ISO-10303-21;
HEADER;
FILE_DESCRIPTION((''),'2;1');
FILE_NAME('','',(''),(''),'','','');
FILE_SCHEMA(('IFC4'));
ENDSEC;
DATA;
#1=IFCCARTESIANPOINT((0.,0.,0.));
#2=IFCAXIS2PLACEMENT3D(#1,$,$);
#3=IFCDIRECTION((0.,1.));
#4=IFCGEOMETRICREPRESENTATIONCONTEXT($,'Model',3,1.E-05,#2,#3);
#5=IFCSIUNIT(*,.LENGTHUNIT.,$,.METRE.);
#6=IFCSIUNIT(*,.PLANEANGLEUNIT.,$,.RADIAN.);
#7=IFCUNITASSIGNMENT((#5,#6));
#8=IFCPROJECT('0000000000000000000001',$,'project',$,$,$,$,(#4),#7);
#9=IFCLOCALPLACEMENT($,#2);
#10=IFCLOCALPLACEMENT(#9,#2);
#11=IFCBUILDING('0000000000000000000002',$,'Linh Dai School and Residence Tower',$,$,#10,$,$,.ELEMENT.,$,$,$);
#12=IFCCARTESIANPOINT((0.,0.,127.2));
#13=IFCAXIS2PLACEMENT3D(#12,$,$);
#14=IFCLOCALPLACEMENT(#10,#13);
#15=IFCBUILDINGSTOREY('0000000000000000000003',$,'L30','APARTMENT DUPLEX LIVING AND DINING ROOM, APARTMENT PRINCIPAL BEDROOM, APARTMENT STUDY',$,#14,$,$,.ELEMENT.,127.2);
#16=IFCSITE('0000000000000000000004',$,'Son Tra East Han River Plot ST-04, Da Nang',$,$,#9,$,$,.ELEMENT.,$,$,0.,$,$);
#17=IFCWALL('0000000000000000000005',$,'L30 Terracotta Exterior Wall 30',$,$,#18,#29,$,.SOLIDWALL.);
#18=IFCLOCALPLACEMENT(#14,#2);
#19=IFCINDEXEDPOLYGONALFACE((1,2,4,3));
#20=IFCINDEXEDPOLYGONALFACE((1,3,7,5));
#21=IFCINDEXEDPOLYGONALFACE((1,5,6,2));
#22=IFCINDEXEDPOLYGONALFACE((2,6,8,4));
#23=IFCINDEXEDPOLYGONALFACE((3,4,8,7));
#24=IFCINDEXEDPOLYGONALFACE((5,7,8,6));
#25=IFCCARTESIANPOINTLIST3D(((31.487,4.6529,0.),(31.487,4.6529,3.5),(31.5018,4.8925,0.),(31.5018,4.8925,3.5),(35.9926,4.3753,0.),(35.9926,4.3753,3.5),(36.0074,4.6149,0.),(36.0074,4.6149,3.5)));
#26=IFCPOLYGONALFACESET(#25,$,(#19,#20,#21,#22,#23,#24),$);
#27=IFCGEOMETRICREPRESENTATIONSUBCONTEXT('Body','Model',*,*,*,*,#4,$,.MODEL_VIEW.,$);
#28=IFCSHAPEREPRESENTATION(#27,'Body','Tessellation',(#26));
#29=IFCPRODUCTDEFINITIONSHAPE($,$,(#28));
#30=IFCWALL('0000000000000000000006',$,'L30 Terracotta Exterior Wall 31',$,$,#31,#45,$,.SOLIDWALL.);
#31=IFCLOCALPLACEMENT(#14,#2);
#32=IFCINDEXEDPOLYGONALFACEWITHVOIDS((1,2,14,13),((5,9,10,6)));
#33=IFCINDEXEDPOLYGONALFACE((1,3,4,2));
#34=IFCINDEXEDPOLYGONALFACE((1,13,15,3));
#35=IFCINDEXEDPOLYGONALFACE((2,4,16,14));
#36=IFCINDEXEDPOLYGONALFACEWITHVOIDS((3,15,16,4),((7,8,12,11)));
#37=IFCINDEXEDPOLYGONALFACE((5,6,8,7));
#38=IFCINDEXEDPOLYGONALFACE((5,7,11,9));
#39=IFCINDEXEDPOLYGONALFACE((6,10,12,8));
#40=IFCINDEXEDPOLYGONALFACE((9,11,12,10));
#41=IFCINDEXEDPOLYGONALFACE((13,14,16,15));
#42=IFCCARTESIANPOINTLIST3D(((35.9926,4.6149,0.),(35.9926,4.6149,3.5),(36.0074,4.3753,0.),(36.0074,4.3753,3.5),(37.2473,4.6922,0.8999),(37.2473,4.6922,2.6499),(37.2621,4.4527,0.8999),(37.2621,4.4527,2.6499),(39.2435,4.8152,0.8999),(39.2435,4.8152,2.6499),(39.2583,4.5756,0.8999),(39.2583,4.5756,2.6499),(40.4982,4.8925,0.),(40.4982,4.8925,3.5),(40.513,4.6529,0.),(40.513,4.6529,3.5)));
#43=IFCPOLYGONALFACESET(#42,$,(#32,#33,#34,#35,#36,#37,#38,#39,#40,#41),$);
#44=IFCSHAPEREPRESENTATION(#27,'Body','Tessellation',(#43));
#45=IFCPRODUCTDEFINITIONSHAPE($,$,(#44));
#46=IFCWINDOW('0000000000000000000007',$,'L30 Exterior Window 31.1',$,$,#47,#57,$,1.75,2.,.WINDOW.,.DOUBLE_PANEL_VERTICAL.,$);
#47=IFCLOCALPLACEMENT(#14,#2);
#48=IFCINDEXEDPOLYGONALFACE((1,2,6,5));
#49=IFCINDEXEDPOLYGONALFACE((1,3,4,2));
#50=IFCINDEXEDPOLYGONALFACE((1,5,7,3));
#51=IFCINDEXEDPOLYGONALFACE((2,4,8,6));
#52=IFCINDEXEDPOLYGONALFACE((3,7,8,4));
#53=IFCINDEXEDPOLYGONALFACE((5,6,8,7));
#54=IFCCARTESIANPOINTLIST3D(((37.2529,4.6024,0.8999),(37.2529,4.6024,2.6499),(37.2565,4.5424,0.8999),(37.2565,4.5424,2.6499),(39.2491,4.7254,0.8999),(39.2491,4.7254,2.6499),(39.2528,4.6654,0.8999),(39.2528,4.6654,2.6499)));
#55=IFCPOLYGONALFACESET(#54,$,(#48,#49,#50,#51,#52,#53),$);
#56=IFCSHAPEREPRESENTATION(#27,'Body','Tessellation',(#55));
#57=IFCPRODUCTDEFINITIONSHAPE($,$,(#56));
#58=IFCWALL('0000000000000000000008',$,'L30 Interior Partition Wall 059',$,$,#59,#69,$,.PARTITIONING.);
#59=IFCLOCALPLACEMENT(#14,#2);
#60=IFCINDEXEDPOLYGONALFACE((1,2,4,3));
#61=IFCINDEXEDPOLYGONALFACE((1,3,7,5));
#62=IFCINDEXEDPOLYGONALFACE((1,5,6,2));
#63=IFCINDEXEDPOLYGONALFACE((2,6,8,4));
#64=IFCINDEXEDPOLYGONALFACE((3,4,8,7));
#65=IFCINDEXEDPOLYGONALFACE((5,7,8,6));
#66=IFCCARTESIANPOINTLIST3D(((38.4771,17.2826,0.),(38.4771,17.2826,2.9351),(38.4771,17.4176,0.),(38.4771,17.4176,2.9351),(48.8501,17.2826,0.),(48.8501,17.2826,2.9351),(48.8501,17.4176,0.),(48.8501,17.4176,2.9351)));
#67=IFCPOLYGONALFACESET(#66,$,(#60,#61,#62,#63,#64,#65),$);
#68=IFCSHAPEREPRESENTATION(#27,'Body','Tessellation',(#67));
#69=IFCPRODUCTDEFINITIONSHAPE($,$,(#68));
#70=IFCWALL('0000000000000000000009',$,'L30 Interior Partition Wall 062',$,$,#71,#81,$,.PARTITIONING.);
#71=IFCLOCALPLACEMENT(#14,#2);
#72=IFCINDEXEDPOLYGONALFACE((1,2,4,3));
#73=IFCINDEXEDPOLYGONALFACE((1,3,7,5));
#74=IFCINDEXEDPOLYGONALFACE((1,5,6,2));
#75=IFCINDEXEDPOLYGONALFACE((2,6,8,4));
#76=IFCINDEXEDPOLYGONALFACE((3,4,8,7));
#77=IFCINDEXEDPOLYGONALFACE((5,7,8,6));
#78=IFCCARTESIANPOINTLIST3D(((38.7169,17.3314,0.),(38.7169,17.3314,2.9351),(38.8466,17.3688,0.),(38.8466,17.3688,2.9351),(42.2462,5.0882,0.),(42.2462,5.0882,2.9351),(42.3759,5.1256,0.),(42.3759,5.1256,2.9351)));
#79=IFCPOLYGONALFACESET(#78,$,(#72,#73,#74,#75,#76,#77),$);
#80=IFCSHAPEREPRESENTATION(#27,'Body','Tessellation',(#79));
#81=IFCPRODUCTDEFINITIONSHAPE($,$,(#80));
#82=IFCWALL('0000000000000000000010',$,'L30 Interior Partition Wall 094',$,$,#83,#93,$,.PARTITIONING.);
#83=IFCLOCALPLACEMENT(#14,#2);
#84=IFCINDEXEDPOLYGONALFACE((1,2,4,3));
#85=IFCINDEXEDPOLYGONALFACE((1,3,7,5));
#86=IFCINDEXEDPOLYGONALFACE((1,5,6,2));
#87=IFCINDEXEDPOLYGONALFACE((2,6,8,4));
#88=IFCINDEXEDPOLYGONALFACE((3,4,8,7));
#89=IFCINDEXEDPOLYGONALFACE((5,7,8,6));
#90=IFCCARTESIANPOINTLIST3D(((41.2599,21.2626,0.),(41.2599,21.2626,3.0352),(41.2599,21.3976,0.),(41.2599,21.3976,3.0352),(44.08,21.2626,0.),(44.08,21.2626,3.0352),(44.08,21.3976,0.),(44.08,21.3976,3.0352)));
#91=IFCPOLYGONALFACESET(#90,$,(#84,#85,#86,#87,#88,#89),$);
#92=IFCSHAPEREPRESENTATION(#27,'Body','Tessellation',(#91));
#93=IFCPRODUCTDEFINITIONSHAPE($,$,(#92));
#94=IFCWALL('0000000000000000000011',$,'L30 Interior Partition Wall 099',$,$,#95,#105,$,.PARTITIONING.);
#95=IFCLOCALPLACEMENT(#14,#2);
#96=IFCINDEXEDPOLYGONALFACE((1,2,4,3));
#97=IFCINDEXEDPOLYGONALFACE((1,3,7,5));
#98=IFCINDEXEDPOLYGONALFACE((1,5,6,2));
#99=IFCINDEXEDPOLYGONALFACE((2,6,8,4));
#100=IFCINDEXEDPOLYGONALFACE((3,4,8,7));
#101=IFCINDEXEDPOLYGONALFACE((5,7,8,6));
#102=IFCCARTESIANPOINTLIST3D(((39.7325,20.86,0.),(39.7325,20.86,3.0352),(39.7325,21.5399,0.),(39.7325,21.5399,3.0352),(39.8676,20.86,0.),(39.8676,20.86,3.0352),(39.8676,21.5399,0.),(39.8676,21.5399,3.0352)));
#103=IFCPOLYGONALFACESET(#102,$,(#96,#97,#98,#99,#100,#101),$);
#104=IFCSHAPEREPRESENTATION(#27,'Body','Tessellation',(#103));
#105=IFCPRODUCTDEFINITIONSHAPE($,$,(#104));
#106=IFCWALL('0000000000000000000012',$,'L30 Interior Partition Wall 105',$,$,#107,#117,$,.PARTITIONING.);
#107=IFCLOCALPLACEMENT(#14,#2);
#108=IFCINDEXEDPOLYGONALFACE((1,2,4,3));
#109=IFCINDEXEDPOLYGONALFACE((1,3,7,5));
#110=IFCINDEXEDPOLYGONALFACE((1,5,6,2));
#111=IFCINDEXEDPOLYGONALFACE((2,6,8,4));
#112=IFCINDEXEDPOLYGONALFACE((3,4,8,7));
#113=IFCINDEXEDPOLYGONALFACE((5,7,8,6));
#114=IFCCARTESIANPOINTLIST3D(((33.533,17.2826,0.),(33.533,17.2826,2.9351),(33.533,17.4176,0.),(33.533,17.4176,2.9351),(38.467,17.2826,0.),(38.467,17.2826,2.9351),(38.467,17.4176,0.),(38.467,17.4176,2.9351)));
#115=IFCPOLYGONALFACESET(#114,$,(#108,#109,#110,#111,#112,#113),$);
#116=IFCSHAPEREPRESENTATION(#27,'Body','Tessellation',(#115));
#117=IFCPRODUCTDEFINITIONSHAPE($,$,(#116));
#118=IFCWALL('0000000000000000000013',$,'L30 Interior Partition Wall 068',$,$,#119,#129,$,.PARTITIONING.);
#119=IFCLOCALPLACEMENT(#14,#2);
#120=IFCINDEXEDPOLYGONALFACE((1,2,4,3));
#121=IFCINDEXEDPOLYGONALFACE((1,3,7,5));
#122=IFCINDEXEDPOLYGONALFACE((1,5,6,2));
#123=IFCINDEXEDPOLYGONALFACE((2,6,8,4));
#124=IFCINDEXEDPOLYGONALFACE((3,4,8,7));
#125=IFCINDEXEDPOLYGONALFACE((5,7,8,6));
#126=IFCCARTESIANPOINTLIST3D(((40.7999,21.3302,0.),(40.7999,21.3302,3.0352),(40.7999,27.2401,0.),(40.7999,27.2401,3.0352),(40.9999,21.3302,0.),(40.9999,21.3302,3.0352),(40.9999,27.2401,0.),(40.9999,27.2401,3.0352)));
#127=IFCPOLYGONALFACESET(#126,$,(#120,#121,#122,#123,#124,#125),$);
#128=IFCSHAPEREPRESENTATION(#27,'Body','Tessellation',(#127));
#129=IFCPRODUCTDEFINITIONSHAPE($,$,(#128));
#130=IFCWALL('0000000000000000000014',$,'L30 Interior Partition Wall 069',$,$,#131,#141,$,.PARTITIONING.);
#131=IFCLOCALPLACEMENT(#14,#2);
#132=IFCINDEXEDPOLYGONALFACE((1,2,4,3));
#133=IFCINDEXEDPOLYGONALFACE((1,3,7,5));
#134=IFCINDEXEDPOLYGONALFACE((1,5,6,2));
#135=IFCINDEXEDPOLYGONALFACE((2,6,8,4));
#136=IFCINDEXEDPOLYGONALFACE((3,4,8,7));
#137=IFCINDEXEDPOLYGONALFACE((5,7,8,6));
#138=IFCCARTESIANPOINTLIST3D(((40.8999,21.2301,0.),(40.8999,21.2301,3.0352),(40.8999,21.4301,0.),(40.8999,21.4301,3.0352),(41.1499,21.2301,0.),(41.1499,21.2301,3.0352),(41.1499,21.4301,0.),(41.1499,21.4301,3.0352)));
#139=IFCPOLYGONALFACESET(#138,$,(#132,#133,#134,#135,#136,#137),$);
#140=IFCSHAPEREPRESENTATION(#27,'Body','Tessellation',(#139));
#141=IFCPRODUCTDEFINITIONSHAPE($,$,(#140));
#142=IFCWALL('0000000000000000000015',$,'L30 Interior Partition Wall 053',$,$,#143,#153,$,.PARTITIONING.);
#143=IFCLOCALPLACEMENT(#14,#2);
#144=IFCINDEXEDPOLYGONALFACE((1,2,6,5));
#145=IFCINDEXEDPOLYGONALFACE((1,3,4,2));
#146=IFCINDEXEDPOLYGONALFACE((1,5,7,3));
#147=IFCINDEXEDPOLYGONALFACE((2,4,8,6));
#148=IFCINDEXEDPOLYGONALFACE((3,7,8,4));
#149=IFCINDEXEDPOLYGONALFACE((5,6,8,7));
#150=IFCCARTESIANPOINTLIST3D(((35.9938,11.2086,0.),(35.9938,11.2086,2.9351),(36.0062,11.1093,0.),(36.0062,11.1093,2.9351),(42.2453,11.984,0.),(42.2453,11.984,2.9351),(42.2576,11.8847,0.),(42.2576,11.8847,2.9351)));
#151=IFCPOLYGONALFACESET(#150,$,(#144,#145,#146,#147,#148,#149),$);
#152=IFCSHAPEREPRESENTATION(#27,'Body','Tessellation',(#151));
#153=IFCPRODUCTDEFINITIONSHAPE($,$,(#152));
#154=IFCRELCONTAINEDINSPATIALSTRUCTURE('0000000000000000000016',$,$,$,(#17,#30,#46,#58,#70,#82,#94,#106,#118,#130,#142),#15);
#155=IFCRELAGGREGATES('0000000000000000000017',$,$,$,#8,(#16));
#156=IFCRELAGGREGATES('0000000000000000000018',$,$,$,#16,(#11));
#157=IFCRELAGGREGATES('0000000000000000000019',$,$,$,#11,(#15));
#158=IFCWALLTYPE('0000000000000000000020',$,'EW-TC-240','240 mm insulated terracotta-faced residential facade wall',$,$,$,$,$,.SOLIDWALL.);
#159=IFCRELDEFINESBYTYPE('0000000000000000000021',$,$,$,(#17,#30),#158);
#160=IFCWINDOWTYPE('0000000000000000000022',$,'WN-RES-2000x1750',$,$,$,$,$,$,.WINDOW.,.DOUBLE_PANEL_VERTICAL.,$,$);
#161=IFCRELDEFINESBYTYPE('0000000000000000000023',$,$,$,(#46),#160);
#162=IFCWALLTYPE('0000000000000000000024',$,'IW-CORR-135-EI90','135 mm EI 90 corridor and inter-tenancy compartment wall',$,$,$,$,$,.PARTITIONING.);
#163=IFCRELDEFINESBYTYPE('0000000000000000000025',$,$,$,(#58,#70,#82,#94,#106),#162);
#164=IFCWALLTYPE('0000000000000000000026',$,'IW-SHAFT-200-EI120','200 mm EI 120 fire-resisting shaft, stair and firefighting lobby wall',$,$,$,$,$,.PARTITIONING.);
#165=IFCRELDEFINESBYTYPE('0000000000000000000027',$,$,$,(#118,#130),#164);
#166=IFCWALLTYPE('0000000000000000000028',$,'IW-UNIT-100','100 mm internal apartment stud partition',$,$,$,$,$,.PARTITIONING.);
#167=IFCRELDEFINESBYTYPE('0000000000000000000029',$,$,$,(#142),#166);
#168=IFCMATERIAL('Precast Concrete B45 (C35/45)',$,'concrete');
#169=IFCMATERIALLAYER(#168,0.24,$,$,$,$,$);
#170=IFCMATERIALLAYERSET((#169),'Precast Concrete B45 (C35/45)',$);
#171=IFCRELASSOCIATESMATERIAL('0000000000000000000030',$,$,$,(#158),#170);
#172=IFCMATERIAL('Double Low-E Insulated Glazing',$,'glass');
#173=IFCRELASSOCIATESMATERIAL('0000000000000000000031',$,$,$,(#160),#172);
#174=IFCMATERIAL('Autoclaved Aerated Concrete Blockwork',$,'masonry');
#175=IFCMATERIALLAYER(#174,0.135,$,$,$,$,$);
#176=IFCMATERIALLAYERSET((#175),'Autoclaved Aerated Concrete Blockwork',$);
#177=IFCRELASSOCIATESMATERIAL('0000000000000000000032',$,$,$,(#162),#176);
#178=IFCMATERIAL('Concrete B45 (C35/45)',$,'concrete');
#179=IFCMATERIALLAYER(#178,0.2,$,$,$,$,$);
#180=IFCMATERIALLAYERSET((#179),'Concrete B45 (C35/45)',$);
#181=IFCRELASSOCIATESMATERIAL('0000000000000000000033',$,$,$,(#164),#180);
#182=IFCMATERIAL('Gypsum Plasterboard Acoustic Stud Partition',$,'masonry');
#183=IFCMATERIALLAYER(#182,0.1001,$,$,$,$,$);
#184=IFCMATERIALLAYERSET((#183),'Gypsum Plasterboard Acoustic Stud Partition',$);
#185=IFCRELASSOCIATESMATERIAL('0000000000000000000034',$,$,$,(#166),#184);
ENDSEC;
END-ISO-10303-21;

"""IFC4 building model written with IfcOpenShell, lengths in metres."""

from ifc_helpers import new_model, si_unit, direction, frame, frame_2d, origin, origin_2d, place, context, subcontext, project, spatial, rectangle, extrude, source, transform, mapped, material, layer, layer_set, type_object, element, fill, save


model = new_model("IFC4")

# Units and contexts
model_context = context("Model", 3, precision=1e-05, world=origin(), true_north=direction((0.0, 1.0)))
body_context = subcontext(model_context, "Body", "Model", "MODEL_VIEW")
ifc_project = project(units=[si_unit("LENGTHUNIT", "METRE"), si_unit("PLANEANGLEUNIT", "RADIAN")], contexts=[model_context])

# Site, building, storey
site_placement = place(None, origin())
site = spatial("IfcSite", under=ifc_project, at=site_placement, Name="Son Tra East Han River Plot ST-04, Da Nang", CompositionType="ELEMENT", RefElevation=0.0)
building_placement = place(site_placement, origin())
building = spatial("IfcBuilding", under=site, at=building_placement, Name="Linh Dai School and Residence Tower", CompositionType="ELEMENT")
storey_placement = place(building_placement, frame((0.0, 0.0, 127.2)))
storey = spatial("IfcBuildingStorey", under=building, at=storey_placement, Name="L30", Description="APARTMENT DUPLEX LIVING AND DINING ROOM, APARTMENT PRINCIPAL BEDROOM, APARTMENT STUDY", CompositionType="ELEMENT", Elevation=127.2)

# Wall
ifc_material_1 = material(Name="Precast Concrete B45 (C35/45)", Category="concrete")
ifc_layer_1 = layer(ifc_material_1, 0.24)
ifc_layer_set_1 = layer_set([ifc_layer_1], Name="Precast Concrete B45 (C35/45)")
wall_type_1 = type_object("IfcWallType", Name="EW-TC-240", Description="240 mm insulated terracotta-faced residential facade wall", PredefinedType="SOLIDWALL", material=ifc_layer_set_1)
wall_1_placement = place(storey_placement, frame((36.0, 4.4951, 0.0), z_axis=(0.0, 0.0, 1.0), x_axis=(-0.998108, 0.061493, 0.0)))
element("IfcWall", 1, at=wall_1_placement, inside=storey, type_object=wall_type_1, Name="L30 Terracotta Exterior Wall 30", PredefinedType="SOLIDWALL", context=body_context, shape_type="SweptSolid", body=[
    extrude(rectangle(XDim=4.5142, YDim=0.24, at=frame_2d((2.2571, 0.0))), origin(), (0.0, 0.0, 1.0), 3.5),
])

# Wall, opening, window
wall_2_placement = place(storey_placement, frame((40.5056, 4.7727, 0.0), z_axis=(0.0, 0.0, 1.0), x_axis=(-0.998108, -0.061493, 0.0)))
wall_2 = element("IfcWall", 2, at=wall_2_placement, inside=storey, type_object=wall_type_1, Name="L30 Terracotta Exterior Wall 31", PredefinedType="SOLIDWALL", context=body_context, shape_type="SweptSolid", body=[
    extrude(rectangle(XDim=4.5142, YDim=0.24, at=frame_2d((2.2571, 0.0))), origin(), (0.0, 0.0, 1.0), 3.5),
])
opening_1_placement = place(wall_2_placement, frame((1.2571, 0.0, 0.8999)))
opening_1 = element("IfcOpeningElement", 3, at=opening_1_placement, cuts=wall_2, PredefinedType="OPENING", context=body_context, shape_type="SweptSolid", body=[
    extrude(rectangle(XDim=2.0, YDim=1.75, at=origin_2d()), frame((1.0, 0.1299, 0.875), z_axis=(0.0, -1.0, 0.0), x_axis=(1.0, 0.0, 0.0)), (0.0, 0.0, 1.0), 0.26),
])
ifc_material_2 = material(Name="Double Low-E Insulated Glazing", Category="glass")
window_type = type_object("IfcWindowType", Name="WN-RES-2000x1750", PartitioningType="DOUBLE_PANEL_VERTICAL", PredefinedType="WINDOW", material=ifc_material_2)
shared_shape_1 = source(origin(), body_context, "Body", "SweptSolid", [
    extrude(rectangle(XDim=2.0, YDim=1.75, at=origin_2d()), frame((1.0, 0.03, 0.875), z_axis=(0.0, -1.0, 0.0), x_axis=(1.0, 0.0, 0.0)), (0.0, 0.0, 1.0), 0.0601),
])
window_placement = place(opening_1_placement, origin())
window = element("IfcWindow", 4, at=window_placement, inside=storey, type_object=window_type, Name="L30 Exterior Window 31.1", OverallHeight=1.75, OverallWidth=2.0, PartitioningType="DOUBLE_PANEL_VERTICAL", PredefinedType="WINDOW", context=body_context, shape_type="MappedRepresentation", body=[
    mapped(shared_shape_1, transform((0.0, 0.0, 0.0), x_axis=(1.0, 0.0, 0.0), y_axis=(0.0, 1.0, 0.0), z_axis=(0.0, 0.0, 1.0), scale=1.0)),
])
fill(opening_1, window)

# Walls
ifc_material_3 = material(Name="Autoclaved Aerated Concrete Blockwork", Category="masonry")
ifc_layer_2 = layer(ifc_material_3, 0.135)
ifc_layer_set_2 = layer_set([ifc_layer_2], Name="Autoclaved Aerated Concrete Blockwork")
wall_type_2 = type_object("IfcWallType", Name="IW-CORR-135-EI90", Description="135 mm EI 90 corridor and inter-tenancy compartment wall", PredefinedType="PARTITIONING", material=ifc_layer_set_2)
wall_3_placement = place(storey_placement, frame((38.4771, 17.3501, 0.0), z_axis=(0.0, 0.0, 1.0), x_axis=(1.0, 0.0, 0.0)))
element("IfcWall", 5, at=wall_3_placement, inside=storey, type_object=wall_type_2, Name="L30 Interior Partition Wall 059", PredefinedType="PARTITIONING", context=body_context, shape_type="SweptSolid", body=[
    extrude(rectangle(XDim=10.373, YDim=0.135, at=frame_2d((5.1865, 0.0))), origin(), (0.0, 0.0, 1.0), 2.9351),
])
wall_4_placement = place(storey_placement, frame((38.7817, 17.3501, 0.0), z_axis=(0.0, 0.0, 1.0), x_axis=(0.276988, -0.960873, 0.0)))
element("IfcWall", 6, at=wall_4_placement, inside=storey, type_object=wall_type_2, Name="L30 Interior Partition Wall 062", PredefinedType="PARTITIONING", context=body_context, shape_type="SweptSolid", body=[
    extrude(rectangle(XDim=12.7417, YDim=0.135, at=frame_2d((6.3708, 0.0))), origin(), (0.0, 0.0, 1.0), 2.9351),
])
wall_5_placement = place(storey_placement, frame((44.0801, 21.3301, 0.0), z_axis=(0.0, 0.0, 1.0), x_axis=(-1.0, 0.0, 0.0)))
element("IfcWall", 7, at=wall_5_placement, inside=storey, type_object=wall_type_2, Name="L30 Interior Partition Wall 094", PredefinedType="PARTITIONING", context=body_context, shape_type="SweptSolid", body=[
    extrude(rectangle(XDim=2.8201, YDim=0.135, at=frame_2d((1.4102, 0.0))), origin(), (0.0, 0.0, 1.0), 3.0352),
])
wall_6_placement = place(storey_placement, frame((39.8, 20.8601, 0.0), z_axis=(0.0, 0.0, 1.0), x_axis=(0.0, 1.0, 0.0)))
element("IfcWall", 8, at=wall_6_placement, inside=storey, type_object=wall_type_2, Name="L30 Interior Partition Wall 099", PredefinedType="PARTITIONING", context=body_context, shape_type="SweptSolid", body=[
    extrude(rectangle(XDim=0.6799, YDim=0.135, at=frame_2d((0.3398, 0.0))), origin(), (0.0, 0.0, 1.0), 3.0352),
])
wall_7_placement = place(storey_placement, frame((38.467, 17.3501, 0.0), z_axis=(0.0, 0.0, 1.0), x_axis=(-1.0, 0.0, 0.0)))
element("IfcWall", 9, at=wall_7_placement, inside=storey, type_object=wall_type_2, Name="L30 Interior Partition Wall 105", PredefinedType="PARTITIONING", context=body_context, shape_type="SweptSolid", body=[
    extrude(rectangle(XDim=4.9341, YDim=0.135, at=frame_2d((2.467, 0.0))), origin(), (0.0, 0.0, 1.0), 2.9351),
])
ifc_material_4 = material(Name="Concrete B45 (C35/45)", Category="concrete")
ifc_layer_3 = layer(ifc_material_4, 0.2)
ifc_layer_set_3 = layer_set([ifc_layer_3], Name="Concrete B45 (C35/45)")
wall_type_3 = type_object("IfcWallType", Name="IW-SHAFT-200-EI120", Description="200 mm EI 120 fire-resisting shaft, stair and firefighting lobby wall", PredefinedType="PARTITIONING", material=ifc_layer_set_3)
wall_8_placement = place(storey_placement, frame((40.8999, 21.3301, 0.0), z_axis=(0.0, 0.0, 1.0), x_axis=(0.0, 1.0, 0.0)))
element("IfcWall", 10, at=wall_8_placement, inside=storey, type_object=wall_type_3, Name="L30 Interior Partition Wall 068", PredefinedType="PARTITIONING", context=body_context, shape_type="SweptSolid", body=[
    extrude(rectangle(XDim=5.9099, YDim=0.2, at=frame_2d((2.9551, 0.0))), origin(), (0.0, 0.0, 1.0), 3.0352),
])
wall_9_placement = place(storey_placement, frame((40.8999, 21.3301, 0.0), z_axis=(0.0, 0.0, 1.0), x_axis=(1.0, 0.0, 0.0)))
element("IfcWall", 11, at=wall_9_placement, inside=storey, type_object=wall_type_3, Name="L30 Interior Partition Wall 069", PredefinedType="PARTITIONING", context=body_context, shape_type="SweptSolid", body=[
    extrude(rectangle(XDim=0.25, YDim=0.2, at=frame_2d((0.125, 0.0))), origin(), (0.0, 0.0, 1.0), 3.0352),
])
ifc_material_5 = material(Name="Gypsum Plasterboard Acoustic Stud Partition", Category="masonry")
ifc_layer_4 = layer(ifc_material_5, 0.1001)
ifc_layer_set_4 = layer_set([ifc_layer_4], Name="Gypsum Plasterboard Acoustic Stud Partition")
wall_type_4 = type_object("IfcWallType", Name="IW-UNIT-100", Description="100 mm internal apartment stud partition", PredefinedType="PARTITIONING", material=ifc_layer_set_4)
wall_10_placement = place(storey_placement, frame((36.0, 11.1589, 0.0), z_axis=(0.0, 0.0, 1.0), x_axis=(0.992395, 0.12309, 0.0)))
element("IfcWall", 12, at=wall_10_placement, inside=storey, type_object=wall_type_4, Name="L30 Interior Partition Wall 053", PredefinedType="PARTITIONING", context=body_context, shape_type="SweptSolid", body=[
    extrude(rectangle(XDim=6.2993, YDim=0.1001, at=frame_2d((3.1497, 0.0))), origin(), (0.0, 0.0, 1.0), 2.9351),
])

save(model, "model.ifc")
